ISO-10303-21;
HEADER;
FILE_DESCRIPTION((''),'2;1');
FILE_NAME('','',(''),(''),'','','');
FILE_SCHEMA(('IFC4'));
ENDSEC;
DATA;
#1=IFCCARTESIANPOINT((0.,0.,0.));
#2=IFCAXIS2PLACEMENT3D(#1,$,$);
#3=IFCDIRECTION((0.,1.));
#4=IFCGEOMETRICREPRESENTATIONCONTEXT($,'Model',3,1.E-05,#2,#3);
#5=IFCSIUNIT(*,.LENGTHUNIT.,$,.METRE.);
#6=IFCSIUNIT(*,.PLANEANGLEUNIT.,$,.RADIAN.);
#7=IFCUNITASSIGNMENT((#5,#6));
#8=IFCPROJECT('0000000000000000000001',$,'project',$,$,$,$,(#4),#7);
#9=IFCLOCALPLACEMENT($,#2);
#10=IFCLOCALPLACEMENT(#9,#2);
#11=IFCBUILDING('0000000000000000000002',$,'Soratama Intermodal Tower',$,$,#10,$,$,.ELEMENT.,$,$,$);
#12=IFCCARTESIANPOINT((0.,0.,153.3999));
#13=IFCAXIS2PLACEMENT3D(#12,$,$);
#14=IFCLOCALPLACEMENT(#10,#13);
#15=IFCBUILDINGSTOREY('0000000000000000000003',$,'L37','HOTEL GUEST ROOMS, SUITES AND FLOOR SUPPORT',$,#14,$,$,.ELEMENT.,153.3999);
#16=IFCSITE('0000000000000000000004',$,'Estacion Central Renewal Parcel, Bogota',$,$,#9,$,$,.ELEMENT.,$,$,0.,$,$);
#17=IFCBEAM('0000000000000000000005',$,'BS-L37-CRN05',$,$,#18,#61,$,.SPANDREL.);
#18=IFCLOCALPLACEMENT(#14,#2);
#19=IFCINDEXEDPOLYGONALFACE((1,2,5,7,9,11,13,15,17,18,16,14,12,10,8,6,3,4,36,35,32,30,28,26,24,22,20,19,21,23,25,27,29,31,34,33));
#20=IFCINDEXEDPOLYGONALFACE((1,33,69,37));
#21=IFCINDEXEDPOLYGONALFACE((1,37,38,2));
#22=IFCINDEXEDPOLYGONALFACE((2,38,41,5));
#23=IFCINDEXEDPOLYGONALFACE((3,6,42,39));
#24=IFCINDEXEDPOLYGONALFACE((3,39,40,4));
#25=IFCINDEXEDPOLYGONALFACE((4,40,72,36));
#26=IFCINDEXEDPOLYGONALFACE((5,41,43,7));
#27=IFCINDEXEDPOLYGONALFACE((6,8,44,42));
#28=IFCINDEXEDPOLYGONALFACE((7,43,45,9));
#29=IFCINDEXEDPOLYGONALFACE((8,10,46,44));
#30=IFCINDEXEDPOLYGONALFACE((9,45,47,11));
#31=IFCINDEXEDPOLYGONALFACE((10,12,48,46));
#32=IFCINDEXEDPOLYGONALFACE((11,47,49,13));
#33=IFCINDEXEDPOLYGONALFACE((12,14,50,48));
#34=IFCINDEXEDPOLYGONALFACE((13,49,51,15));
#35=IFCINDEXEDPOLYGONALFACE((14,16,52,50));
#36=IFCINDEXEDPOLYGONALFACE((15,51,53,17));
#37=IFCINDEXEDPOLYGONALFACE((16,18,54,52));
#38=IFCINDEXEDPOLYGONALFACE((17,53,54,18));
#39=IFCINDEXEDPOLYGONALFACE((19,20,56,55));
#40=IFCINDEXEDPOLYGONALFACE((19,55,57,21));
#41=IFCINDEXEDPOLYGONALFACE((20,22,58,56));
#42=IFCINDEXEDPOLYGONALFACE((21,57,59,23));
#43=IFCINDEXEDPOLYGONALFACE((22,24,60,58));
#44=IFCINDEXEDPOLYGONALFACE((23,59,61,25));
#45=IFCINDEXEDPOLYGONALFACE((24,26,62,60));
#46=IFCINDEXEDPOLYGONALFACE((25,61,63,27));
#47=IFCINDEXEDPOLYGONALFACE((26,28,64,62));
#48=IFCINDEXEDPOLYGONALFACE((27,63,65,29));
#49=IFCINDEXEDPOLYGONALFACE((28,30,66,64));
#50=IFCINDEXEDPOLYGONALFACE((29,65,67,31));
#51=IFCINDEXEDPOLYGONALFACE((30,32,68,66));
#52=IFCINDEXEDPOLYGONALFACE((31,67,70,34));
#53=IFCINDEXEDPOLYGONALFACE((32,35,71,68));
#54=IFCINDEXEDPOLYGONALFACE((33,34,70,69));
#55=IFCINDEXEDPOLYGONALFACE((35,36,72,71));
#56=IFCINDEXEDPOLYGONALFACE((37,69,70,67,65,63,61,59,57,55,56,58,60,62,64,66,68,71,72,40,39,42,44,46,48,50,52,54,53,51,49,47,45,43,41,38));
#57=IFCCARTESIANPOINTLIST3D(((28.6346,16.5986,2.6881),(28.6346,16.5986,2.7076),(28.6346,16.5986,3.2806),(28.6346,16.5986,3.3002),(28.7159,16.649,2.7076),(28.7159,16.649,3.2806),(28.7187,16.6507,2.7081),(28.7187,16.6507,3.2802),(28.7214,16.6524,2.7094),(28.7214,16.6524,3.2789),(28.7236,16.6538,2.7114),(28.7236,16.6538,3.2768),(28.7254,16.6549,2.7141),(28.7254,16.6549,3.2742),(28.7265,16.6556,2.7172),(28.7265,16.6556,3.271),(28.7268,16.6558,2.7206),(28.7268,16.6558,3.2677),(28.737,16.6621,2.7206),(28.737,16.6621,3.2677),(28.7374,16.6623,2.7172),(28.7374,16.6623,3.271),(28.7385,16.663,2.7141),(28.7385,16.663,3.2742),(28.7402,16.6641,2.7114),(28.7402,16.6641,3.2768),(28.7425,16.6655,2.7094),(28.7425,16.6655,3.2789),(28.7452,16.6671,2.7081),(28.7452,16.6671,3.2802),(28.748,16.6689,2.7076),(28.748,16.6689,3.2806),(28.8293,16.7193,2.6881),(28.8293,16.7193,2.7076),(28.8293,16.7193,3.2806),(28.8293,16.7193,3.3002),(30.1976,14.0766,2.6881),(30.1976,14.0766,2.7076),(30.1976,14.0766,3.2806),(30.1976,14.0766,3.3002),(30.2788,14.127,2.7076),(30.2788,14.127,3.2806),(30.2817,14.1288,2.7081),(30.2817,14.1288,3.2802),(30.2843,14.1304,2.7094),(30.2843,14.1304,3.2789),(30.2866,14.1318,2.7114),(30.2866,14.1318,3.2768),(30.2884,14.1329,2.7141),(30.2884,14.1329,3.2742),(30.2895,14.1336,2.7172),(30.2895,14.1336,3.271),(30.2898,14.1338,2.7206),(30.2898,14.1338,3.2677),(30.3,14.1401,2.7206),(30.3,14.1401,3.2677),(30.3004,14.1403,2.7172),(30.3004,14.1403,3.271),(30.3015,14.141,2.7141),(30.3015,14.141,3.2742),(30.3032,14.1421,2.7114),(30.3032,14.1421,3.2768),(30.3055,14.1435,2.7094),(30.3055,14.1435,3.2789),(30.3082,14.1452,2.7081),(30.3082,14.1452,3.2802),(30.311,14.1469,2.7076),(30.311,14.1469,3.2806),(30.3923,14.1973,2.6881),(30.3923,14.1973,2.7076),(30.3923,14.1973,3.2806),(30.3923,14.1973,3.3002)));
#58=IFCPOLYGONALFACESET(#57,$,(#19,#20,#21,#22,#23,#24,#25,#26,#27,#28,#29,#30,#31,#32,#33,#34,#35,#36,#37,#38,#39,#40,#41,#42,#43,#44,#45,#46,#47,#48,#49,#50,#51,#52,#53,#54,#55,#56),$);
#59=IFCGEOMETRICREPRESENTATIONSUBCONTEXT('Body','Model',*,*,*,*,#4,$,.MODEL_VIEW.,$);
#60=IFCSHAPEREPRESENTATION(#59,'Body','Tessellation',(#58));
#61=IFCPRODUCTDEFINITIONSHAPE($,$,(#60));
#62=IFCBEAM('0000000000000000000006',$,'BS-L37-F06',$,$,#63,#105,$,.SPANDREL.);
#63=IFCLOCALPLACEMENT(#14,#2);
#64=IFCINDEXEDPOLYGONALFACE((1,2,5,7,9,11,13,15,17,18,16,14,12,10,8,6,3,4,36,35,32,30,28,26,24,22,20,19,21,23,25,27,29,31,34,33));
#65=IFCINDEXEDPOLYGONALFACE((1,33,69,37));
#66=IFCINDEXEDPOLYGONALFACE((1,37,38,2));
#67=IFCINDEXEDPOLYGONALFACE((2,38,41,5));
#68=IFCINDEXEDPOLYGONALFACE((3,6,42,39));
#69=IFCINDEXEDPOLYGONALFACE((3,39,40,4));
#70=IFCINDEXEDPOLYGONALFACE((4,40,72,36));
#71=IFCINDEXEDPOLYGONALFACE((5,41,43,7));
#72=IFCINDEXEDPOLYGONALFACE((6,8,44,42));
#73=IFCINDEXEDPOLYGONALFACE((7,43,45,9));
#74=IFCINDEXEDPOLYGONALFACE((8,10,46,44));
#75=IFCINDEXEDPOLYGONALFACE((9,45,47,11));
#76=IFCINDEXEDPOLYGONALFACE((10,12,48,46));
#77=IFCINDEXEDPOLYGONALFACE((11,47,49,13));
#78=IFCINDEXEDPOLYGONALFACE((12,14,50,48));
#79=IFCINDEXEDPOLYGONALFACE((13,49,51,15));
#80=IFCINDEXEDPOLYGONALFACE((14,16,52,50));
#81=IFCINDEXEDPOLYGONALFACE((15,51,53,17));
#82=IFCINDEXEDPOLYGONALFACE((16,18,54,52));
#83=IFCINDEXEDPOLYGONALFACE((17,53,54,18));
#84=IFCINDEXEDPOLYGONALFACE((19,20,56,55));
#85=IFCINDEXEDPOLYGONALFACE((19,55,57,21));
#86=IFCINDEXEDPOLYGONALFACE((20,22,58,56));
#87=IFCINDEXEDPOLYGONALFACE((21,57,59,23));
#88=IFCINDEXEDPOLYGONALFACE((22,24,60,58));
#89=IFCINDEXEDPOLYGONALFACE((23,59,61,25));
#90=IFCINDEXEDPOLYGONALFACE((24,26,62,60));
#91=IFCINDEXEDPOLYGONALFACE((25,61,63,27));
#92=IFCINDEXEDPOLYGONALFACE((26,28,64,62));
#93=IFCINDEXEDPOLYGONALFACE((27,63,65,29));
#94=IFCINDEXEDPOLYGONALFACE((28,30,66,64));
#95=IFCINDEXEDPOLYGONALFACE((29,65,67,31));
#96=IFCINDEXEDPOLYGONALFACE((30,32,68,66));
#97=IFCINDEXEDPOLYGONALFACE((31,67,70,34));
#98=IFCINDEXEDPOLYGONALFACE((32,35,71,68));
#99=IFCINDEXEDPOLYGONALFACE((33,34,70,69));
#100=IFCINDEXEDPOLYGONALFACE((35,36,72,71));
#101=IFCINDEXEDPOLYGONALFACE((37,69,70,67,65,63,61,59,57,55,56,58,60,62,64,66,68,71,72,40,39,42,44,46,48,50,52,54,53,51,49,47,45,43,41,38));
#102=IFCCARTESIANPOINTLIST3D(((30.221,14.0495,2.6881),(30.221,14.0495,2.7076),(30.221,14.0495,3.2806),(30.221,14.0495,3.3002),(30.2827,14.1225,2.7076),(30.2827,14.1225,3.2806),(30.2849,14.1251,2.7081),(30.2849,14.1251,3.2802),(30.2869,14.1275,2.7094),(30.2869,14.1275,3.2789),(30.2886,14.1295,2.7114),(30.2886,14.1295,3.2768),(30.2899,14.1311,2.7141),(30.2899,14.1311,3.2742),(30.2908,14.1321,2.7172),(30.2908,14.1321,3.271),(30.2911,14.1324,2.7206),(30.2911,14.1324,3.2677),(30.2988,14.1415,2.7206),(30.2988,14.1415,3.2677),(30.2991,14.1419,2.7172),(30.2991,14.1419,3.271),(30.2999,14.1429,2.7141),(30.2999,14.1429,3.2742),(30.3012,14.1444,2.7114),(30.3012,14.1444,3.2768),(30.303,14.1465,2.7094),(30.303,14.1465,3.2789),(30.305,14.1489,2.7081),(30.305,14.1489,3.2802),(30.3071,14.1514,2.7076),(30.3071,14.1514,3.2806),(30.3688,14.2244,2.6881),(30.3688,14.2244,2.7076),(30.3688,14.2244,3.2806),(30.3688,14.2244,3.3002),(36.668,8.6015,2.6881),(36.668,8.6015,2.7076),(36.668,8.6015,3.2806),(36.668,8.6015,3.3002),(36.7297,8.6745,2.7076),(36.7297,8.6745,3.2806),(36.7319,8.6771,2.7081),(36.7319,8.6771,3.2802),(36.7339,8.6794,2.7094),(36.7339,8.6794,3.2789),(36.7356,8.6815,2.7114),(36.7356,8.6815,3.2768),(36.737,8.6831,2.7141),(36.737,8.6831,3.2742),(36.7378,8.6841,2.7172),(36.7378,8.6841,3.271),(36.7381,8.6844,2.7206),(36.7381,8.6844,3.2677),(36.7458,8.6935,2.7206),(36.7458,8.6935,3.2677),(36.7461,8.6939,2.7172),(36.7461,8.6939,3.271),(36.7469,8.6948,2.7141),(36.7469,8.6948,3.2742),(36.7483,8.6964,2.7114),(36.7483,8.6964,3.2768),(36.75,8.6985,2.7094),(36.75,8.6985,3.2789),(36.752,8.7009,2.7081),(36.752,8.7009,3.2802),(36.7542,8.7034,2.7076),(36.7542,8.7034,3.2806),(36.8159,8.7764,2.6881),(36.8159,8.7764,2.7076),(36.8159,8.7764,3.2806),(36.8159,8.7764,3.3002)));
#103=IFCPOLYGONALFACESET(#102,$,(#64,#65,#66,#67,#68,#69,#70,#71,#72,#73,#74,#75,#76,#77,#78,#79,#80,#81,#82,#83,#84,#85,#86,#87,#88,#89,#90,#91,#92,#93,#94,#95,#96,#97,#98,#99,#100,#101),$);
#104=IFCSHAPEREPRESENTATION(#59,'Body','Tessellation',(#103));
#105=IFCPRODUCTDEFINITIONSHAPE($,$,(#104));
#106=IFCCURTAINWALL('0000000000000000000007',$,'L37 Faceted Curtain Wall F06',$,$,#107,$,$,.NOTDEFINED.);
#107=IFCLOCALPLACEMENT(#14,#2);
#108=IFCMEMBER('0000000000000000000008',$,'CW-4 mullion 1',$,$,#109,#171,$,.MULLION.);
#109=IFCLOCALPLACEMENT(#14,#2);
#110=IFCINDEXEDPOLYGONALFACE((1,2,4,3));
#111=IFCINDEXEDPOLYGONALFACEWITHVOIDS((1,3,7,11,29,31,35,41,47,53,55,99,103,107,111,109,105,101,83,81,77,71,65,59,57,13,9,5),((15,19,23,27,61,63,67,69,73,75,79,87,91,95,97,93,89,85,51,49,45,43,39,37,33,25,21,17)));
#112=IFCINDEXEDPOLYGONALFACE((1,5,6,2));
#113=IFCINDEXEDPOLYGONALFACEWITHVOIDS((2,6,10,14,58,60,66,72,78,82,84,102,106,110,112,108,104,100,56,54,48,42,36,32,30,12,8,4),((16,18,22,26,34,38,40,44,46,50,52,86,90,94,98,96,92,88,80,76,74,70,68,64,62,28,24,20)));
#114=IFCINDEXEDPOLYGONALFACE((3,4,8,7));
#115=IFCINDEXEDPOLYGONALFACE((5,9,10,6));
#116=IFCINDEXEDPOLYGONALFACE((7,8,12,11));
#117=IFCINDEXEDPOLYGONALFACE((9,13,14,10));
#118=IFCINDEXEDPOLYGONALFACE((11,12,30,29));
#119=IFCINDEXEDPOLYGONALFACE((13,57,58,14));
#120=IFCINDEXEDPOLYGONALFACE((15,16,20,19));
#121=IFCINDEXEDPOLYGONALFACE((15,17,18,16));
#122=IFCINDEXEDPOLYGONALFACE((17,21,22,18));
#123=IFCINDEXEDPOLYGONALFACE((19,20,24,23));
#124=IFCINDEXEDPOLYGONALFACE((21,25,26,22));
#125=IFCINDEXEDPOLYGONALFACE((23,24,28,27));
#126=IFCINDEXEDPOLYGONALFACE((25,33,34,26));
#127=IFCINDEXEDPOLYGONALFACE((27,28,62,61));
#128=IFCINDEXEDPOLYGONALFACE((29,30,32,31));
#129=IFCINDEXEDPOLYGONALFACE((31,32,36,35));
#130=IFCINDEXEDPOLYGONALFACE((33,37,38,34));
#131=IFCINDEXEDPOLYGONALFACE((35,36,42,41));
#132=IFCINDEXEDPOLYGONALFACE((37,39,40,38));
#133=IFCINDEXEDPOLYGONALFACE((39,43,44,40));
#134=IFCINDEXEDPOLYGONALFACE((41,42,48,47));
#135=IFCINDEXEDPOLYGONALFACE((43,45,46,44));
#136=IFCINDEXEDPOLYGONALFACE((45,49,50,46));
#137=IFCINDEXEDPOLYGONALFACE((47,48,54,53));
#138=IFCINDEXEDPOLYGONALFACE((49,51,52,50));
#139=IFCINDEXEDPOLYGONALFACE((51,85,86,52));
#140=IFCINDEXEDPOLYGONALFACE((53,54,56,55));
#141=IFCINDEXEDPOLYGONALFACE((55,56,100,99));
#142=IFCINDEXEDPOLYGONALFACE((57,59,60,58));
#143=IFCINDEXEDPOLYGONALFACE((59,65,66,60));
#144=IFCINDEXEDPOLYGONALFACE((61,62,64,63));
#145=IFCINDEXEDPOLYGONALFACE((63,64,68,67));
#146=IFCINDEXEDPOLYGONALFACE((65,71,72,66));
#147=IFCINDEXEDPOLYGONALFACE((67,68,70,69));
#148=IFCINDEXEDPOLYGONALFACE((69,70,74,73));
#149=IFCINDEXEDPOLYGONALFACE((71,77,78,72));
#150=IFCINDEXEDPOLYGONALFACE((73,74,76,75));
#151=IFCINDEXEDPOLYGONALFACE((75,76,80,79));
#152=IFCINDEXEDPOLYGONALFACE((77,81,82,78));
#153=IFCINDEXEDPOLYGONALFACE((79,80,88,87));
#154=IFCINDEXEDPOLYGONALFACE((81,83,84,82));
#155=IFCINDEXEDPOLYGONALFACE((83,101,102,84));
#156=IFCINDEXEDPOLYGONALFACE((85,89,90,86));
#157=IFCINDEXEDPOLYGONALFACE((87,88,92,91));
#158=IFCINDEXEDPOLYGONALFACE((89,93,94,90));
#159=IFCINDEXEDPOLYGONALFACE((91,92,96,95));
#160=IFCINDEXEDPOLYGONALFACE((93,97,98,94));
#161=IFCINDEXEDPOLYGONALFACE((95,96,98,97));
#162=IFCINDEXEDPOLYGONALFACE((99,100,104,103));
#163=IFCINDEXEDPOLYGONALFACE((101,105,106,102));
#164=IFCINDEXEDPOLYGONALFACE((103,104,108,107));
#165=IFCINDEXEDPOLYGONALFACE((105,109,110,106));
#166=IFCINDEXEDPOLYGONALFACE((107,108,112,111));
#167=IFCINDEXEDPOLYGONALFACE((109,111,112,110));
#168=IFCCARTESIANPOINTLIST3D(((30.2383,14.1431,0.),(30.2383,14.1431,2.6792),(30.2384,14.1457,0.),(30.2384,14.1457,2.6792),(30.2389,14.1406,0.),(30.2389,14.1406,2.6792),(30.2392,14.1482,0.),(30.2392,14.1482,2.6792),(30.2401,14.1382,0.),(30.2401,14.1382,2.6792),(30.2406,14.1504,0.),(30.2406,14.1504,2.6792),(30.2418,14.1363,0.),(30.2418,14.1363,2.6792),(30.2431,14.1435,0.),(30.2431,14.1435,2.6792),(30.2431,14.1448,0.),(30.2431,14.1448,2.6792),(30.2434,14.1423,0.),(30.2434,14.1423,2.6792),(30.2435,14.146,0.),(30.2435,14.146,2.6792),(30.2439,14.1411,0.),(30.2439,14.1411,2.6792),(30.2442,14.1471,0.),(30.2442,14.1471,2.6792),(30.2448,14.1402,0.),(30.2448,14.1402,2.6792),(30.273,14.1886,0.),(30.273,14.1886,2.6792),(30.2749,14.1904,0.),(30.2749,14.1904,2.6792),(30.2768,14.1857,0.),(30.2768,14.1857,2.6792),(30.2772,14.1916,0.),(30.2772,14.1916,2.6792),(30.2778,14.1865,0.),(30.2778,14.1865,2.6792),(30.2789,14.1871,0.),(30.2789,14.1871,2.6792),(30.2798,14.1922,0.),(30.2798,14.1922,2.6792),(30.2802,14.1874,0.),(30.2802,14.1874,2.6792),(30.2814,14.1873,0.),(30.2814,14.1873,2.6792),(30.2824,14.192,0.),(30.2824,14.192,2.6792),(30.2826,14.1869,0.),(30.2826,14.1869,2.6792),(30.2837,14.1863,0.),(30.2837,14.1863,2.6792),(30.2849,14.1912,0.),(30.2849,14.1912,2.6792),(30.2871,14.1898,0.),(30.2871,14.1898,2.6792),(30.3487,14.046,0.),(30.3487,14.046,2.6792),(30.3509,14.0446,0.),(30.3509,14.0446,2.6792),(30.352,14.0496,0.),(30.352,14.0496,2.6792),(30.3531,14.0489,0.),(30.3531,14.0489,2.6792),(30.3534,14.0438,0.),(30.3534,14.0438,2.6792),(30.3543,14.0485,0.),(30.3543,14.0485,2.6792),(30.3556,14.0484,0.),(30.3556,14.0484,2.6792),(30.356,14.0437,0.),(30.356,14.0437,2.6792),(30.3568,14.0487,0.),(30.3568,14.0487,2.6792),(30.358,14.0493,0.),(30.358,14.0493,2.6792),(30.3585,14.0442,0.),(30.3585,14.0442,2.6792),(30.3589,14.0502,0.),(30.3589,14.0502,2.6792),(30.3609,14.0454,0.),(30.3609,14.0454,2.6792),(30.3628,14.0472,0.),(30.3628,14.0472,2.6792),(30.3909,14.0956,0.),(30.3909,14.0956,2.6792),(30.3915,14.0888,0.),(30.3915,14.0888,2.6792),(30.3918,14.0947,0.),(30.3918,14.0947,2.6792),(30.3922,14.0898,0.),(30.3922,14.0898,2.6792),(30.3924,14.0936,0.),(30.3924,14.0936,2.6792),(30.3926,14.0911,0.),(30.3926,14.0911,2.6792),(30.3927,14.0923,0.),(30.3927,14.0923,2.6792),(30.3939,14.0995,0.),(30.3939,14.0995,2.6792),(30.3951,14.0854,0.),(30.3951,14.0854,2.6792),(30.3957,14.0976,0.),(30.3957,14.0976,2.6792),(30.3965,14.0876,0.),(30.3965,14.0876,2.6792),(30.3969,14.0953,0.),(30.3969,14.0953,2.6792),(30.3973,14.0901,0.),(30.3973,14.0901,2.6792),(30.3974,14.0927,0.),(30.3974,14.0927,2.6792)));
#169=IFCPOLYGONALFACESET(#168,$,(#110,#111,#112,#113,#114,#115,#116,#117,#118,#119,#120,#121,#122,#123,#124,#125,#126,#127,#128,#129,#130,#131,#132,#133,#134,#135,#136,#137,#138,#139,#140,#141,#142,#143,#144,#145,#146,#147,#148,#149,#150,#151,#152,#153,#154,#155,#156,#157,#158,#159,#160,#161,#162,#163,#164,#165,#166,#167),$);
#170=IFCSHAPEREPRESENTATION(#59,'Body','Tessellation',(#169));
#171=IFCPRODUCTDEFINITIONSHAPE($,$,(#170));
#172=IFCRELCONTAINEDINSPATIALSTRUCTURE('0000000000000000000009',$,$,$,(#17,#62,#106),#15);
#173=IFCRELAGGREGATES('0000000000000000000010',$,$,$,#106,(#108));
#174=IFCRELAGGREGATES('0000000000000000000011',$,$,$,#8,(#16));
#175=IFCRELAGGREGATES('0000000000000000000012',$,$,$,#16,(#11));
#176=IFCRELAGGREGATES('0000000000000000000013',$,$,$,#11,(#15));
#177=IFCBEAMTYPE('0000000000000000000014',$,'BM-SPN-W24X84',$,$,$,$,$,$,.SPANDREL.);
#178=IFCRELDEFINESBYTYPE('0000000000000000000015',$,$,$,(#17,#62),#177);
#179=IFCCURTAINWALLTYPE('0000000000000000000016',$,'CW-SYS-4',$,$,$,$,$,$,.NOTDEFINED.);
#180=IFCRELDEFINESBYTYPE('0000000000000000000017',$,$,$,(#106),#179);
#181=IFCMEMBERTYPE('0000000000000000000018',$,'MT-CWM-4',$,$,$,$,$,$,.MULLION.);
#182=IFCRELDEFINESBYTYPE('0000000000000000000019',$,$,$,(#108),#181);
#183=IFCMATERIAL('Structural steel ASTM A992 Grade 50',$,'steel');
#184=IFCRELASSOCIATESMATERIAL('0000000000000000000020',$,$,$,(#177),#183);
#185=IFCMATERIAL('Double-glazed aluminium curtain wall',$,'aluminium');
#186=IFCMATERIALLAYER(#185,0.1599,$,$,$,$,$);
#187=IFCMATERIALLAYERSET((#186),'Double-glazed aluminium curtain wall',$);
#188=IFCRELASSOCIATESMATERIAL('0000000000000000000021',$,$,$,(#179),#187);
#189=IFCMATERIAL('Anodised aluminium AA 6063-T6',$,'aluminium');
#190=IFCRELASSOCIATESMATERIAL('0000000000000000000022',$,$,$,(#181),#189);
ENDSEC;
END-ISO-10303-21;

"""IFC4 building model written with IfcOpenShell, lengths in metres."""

from ifc_helpers import new_model, si_unit, direction, frame, origin, origin_2d, place, context, subcontext, project, spatial, hollow_rectangle, i_section, extrude, material, layer, layer_set, material_profile, profile_set, type_object, element, aggregate, save


model = new_model("IFC4")

# Units and contexts
model_context = context("Model", 3, precision=1e-05, world=origin(), true_north=direction((0.0, 1.0)))
body_context = subcontext(model_context, "Body", "Model", "MODEL_VIEW")
ifc_project = project(units=[si_unit("LENGTHUNIT", "METRE"), si_unit("PLANEANGLEUNIT", "RADIAN")], contexts=[model_context])

# Site, building, storey
site_placement = place(None, origin())
site = spatial("IfcSite", under=ifc_project, at=site_placement, Name="Estacion Central Renewal Parcel, Bogota", CompositionType="ELEMENT", RefElevation=0.0)
building_placement = place(site_placement, origin())
building = spatial("IfcBuilding", under=site, at=building_placement, Name="Soratama Intermodal Tower", CompositionType="ELEMENT")
storey_placement = place(building_placement, frame((0.0, 0.0, 153.3999)))
storey = spatial("IfcBuildingStorey", under=building, at=storey_placement, Name="L37", Description="HOTEL GUEST ROOMS, SUITES AND FLOOR SUPPORT", CompositionType="ELEMENT", Elevation=153.3999)

# Beams
ifc_material_1 = material(Name="Structural steel ASTM A992 Grade 50", Category="steel")
ifc_material_profile_1 = material_profile(ifc_material_1, i_section(OverallWidth=0.229, OverallDepth=0.6121, WebThickness=0.012, FlangeThickness=0.0195, FilletRadius=0.0129, at=origin_2d()), Name="W24X84")
ifc_profile_set_1 = profile_set([ifc_material_profile_1], Name="Structural steel ASTM A992 Grade 50")
beam_type_1 = type_object("IfcBeamType", Name="BM-SPN-W24X84", PredefinedType="SPANDREL", material=ifc_profile_set_1)
beam_1_placement = place(storey_placement, frame((28.7319, 16.6589, 2.9941), z_axis=(0.526785, -0.849998, 0.0), x_axis=(0.849998, 0.526785, 0.0)))
element("IfcBeam", 1, at=beam_1_placement, inside=storey, type_object=beam_type_1, Name="BS-L37-CRN05", PredefinedType="SPANDREL", context=body_context, shape_type="SweptSolid", body=[
    extrude(i_section(OverallWidth=0.229, OverallDepth=0.6121, WebThickness=0.012, FlangeThickness=0.0195, FilletRadius=0.0129, at=origin_2d()), origin(), (0.0, 0.0, 1.0), 2.967),
])
beam_2_placement = place(storey_placement, frame((30.2949, 14.137, 2.9941), z_axis=(0.763805, -0.645447, 0.0), x_axis=(0.645447, 0.763805, 0.0)))
element("IfcBeam", 2, at=beam_2_placement, inside=storey, type_object=beam_type_1, Name="BS-L37-F06", PredefinedType="SPANDREL", context=body_context, shape_type="SweptSolid", body=[
    extrude(i_section(OverallWidth=0.229, OverallDepth=0.6121, WebThickness=0.012, FlangeThickness=0.0195, FilletRadius=0.0129, at=origin_2d()), origin(), (0.0, 0.0, 1.0), 8.4407),
])

# Curtain wall, member
ifc_material_2 = material(Name="Double-glazed aluminium curtain wall", Category="aluminium")
ifc_layer_1 = layer(ifc_material_2, 0.1599)
ifc_layer_set_1 = layer_set([ifc_layer_1], Name="Double-glazed aluminium curtain wall")
curtain_wall_type = type_object("IfcCurtainWallType", Name="CW-SYS-4", PredefinedType="NOTDEFINED", material=ifc_layer_set_1)
curtain_wall_placement = place(storey_placement, origin())
curtain_wall = element("IfcCurtainWall", 3, at=curtain_wall_placement, inside=storey, type_object=curtain_wall_type, Name="L37 Faceted Curtain Wall F06", PredefinedType="NOTDEFINED")
ifc_material_3 = material(Name="Anodised aluminium AA 6063-T6", Category="aluminium")
ifc_material_profile_2 = material_profile(ifc_material_3, hollow_rectangle(XDim=0.0701, YDim=0.1599, WallThickness=0.0049, InnerFilletRadius=0.0049, OuterFilletRadius=0.01, at=origin_2d()), Name="CWM160X70X5")
ifc_profile_set_2 = profile_set([ifc_material_profile_2], Name="Anodised aluminium AA 6063-T6")
member_type_1 = type_object("IfcMemberType", Name="MT-CWM-4", PredefinedType="MULLION", material=ifc_profile_set_2)
member_1_placement = place(storey_placement, frame((30.3179, 14.1179, 0.0), z_axis=(0.0, 0.0, 1.0), x_axis=(0.645453, 0.7638, 0.0)))
member_1 = element("IfcMember", 4, at=member_1_placement, type_object=member_type_1, Name="CW-4 mullion 1", PredefinedType="MULLION", context=body_context, shape_type="SweptSolid", body=[
    extrude(hollow_rectangle(XDim=0.0701, YDim=0.1599, WallThickness=0.0049, InnerFilletRadius=0.0049, OuterFilletRadius=0.01, at=origin_2d()), origin(), (0.0, 0.0, 1.0), 2.6792),
])
aggregate(curtain_wall, [member_1])

save(model, "model.ifc")
